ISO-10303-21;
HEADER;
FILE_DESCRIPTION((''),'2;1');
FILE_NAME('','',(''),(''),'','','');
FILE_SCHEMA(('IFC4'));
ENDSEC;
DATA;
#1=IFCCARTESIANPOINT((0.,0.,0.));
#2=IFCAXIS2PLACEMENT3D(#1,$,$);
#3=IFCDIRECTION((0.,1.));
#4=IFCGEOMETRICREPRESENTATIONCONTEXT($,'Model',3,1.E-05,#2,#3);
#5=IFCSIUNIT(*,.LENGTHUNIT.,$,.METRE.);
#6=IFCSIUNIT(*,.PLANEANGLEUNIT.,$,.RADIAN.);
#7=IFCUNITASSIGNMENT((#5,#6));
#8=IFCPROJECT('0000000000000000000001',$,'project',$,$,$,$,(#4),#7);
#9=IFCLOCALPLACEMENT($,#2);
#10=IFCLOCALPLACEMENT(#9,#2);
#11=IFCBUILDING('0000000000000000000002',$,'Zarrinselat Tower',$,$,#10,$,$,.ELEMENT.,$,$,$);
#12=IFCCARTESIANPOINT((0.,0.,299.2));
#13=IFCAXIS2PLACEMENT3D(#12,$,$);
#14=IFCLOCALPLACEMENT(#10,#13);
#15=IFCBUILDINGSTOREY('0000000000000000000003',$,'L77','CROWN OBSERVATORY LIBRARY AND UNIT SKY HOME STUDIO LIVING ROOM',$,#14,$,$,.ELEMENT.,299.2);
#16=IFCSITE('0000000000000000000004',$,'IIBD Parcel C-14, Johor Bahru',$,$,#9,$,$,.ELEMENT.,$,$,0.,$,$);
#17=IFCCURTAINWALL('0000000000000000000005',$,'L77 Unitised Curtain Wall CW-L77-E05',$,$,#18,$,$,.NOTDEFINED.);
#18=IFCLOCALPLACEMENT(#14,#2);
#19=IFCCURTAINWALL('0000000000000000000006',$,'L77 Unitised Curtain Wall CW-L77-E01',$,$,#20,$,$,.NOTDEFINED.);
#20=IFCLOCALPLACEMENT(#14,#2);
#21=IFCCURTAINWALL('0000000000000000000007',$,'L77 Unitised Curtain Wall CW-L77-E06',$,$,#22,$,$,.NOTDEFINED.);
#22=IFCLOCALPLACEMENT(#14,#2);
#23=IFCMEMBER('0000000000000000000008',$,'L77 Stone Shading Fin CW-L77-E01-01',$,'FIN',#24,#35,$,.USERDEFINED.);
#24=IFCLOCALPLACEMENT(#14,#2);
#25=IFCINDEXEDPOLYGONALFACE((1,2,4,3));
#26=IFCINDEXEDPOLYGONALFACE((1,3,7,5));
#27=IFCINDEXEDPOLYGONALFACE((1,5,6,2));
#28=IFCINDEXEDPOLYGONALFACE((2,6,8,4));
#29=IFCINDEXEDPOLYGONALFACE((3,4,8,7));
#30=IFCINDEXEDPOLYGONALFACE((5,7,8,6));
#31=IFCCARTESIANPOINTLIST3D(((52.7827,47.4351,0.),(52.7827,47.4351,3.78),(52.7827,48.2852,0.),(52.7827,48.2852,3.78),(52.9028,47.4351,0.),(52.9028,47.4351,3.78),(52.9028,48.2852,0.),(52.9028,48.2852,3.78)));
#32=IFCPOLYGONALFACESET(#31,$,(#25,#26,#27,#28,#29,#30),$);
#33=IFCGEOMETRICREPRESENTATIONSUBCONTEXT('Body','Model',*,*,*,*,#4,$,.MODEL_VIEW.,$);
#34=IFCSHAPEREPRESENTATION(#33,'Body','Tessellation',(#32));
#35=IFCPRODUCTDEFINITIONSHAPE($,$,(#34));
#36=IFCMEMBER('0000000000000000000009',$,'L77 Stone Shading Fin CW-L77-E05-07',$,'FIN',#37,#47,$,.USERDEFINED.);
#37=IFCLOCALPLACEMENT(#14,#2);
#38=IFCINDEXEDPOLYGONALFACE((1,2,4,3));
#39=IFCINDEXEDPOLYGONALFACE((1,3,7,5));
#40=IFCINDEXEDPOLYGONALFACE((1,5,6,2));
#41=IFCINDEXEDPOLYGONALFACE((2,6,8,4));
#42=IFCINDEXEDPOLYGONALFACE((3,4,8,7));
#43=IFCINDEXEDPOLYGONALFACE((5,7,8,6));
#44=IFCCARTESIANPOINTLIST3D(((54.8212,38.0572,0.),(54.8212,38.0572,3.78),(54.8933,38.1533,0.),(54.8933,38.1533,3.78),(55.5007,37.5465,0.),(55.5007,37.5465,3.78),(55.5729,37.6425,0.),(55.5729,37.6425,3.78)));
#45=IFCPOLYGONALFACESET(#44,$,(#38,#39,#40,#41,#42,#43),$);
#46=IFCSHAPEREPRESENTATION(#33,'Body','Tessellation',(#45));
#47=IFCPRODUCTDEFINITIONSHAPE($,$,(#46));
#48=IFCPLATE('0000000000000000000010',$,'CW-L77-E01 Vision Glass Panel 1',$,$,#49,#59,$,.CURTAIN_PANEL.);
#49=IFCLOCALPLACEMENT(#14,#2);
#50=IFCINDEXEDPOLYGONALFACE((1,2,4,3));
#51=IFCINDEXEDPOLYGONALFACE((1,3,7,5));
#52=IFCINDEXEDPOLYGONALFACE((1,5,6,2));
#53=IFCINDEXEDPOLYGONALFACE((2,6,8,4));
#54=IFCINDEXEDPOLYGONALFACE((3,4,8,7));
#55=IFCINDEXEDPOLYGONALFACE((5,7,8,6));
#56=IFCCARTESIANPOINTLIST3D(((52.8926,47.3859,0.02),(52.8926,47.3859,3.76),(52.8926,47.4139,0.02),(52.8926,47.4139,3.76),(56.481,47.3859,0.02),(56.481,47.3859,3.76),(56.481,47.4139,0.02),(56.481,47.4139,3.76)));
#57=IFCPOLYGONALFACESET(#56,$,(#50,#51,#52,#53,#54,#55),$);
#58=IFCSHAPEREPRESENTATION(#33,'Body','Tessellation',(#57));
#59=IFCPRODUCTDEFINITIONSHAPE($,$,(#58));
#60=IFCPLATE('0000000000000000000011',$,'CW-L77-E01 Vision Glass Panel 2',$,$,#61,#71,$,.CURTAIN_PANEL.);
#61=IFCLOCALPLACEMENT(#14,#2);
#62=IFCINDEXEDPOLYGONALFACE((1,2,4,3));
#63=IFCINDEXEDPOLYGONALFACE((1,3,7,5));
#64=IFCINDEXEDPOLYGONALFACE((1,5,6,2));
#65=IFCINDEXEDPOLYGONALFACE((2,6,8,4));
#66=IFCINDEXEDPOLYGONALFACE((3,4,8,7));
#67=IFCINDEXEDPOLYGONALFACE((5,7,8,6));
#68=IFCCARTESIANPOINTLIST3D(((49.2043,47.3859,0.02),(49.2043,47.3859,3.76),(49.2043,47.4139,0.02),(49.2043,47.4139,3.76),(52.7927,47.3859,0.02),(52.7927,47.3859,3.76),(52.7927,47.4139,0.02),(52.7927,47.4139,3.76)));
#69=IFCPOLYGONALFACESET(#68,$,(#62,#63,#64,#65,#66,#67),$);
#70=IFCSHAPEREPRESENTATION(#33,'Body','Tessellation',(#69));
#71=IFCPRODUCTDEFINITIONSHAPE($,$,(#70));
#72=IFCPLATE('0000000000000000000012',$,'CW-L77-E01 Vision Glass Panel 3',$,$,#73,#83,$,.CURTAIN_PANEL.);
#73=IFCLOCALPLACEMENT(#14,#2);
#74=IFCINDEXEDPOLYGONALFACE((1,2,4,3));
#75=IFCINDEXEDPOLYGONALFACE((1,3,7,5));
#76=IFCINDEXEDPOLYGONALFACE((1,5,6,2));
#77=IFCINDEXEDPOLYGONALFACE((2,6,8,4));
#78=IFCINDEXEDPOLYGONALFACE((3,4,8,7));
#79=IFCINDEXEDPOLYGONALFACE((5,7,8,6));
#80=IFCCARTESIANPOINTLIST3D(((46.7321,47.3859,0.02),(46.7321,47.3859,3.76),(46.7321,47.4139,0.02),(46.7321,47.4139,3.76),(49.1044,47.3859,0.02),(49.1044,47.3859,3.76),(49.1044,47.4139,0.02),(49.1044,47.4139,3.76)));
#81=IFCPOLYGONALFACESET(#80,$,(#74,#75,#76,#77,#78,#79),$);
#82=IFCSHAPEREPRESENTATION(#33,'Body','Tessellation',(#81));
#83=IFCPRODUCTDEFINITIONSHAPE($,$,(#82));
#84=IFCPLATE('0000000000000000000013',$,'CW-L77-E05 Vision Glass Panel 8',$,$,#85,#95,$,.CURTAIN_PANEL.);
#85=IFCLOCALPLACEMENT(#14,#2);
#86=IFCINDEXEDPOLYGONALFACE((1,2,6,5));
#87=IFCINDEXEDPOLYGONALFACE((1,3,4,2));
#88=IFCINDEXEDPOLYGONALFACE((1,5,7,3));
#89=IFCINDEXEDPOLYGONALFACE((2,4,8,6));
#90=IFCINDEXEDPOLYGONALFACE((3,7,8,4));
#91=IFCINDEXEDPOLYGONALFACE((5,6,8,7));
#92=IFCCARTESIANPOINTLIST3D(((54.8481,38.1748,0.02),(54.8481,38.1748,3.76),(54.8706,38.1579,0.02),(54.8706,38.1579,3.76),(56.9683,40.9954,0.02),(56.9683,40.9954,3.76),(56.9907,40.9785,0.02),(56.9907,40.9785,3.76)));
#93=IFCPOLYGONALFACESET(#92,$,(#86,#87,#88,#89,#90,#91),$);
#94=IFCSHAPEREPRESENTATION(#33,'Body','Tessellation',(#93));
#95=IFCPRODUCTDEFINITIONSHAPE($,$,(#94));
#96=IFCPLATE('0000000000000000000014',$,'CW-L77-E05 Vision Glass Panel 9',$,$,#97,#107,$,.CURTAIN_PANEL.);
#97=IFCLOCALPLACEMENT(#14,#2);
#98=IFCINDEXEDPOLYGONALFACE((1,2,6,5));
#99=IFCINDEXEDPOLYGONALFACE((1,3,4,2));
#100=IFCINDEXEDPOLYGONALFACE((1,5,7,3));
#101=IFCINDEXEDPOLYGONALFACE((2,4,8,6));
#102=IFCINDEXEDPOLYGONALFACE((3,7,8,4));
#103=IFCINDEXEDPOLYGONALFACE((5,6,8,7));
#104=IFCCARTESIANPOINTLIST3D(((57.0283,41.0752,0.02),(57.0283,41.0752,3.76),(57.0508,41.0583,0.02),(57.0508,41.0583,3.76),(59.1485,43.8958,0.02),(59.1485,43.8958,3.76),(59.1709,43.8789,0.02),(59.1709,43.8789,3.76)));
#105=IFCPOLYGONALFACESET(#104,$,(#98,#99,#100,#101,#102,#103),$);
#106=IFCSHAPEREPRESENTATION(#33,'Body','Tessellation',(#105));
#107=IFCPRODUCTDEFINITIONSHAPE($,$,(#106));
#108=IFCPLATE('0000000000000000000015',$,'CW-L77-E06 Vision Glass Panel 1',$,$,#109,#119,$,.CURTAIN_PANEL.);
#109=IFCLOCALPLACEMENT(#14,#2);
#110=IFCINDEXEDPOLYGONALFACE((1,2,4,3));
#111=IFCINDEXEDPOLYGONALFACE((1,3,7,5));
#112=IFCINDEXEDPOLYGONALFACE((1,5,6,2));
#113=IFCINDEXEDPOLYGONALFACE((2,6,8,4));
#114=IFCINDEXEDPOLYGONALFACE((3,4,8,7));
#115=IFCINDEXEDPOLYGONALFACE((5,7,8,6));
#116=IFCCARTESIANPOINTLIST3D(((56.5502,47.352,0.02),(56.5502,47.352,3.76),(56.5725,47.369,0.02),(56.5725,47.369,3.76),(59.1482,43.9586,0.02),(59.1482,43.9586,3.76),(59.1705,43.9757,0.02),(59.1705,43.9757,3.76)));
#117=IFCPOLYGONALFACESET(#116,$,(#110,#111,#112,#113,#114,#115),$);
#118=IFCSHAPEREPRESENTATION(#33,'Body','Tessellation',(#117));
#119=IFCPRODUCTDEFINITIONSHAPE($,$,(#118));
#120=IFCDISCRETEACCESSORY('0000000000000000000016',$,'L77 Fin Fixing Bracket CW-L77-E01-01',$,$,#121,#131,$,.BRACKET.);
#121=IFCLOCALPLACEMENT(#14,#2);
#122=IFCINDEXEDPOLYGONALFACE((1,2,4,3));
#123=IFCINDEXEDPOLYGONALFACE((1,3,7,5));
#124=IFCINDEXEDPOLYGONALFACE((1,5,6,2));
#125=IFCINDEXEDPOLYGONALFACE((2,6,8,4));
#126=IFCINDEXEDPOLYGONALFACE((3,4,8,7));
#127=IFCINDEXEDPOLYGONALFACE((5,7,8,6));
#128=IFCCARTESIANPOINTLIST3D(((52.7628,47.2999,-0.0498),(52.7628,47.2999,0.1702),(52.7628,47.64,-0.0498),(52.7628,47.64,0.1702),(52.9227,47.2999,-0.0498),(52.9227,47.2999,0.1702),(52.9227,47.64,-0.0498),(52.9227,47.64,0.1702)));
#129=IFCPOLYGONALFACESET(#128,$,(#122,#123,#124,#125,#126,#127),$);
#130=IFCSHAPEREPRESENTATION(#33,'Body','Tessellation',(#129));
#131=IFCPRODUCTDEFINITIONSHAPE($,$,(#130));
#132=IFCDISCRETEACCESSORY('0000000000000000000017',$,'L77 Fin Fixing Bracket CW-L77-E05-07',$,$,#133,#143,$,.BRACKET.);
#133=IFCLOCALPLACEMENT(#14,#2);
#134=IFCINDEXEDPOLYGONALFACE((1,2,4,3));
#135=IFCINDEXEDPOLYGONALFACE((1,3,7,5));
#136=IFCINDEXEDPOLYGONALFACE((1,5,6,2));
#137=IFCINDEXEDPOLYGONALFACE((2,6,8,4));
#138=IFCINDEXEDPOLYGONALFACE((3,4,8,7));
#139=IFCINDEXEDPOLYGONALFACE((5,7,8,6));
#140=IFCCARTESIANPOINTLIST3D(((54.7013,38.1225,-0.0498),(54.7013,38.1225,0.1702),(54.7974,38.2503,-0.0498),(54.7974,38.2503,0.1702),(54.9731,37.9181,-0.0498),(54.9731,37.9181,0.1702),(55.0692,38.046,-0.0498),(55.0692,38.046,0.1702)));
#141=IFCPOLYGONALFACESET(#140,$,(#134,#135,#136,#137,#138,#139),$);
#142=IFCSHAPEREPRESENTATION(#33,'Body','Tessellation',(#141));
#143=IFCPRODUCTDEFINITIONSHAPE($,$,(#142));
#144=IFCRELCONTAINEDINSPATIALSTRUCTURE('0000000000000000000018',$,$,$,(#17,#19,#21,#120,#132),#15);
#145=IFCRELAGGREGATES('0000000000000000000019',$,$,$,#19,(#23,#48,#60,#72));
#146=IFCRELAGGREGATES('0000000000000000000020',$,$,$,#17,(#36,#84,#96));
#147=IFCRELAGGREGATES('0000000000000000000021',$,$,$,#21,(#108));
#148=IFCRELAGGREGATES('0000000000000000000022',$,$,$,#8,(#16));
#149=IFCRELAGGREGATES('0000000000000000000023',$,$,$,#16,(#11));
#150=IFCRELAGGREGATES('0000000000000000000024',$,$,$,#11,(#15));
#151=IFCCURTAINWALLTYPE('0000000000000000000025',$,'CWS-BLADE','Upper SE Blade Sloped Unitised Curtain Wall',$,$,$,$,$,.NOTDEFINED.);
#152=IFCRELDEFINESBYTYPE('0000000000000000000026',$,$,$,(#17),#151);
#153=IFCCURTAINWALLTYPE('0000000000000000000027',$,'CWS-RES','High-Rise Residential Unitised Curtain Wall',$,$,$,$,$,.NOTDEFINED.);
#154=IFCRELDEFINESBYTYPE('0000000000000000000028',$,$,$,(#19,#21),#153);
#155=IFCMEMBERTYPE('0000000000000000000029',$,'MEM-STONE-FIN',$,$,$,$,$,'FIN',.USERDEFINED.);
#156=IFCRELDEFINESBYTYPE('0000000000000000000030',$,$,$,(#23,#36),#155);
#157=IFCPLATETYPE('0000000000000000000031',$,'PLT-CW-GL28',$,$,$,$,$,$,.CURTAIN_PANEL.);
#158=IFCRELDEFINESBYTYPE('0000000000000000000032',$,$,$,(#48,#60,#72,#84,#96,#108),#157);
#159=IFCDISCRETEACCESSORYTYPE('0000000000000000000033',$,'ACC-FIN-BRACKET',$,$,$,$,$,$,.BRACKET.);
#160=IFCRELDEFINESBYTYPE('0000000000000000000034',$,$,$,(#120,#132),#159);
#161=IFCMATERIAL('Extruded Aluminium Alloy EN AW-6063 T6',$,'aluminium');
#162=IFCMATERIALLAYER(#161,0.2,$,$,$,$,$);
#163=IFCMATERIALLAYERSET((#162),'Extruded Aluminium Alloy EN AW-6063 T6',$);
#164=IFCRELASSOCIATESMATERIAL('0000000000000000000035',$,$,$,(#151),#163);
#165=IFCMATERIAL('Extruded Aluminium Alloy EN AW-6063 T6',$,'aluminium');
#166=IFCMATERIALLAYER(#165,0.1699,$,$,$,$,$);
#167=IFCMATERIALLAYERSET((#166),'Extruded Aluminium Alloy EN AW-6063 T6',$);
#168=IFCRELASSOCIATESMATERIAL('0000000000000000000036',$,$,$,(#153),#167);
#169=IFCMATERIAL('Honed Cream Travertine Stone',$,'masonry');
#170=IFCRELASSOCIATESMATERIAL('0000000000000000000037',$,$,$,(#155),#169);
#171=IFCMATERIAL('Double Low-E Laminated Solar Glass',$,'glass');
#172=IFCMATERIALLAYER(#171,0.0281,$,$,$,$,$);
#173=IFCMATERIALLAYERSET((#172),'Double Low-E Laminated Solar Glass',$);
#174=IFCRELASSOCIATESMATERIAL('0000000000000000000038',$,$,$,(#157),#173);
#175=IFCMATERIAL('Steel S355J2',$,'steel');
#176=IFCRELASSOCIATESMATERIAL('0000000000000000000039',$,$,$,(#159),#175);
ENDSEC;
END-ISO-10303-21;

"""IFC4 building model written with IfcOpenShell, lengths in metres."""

from ifc_helpers import new_model, si_unit, direction, frame, origin, origin_2d, place, context, subcontext, project, spatial, rectangle, extrude, material, layer, layer_set, material_profile, profile_set, type_object, element, aggregate, save


model = new_model("IFC4")

# Units and contexts
model_context = context("Model", 3, precision=1e-05, world=origin(), true_north=direction((0.0, 1.0)))
body_context = subcontext(model_context, "Body", "Model", "MODEL_VIEW")
ifc_project = project(units=[si_unit("LENGTHUNIT", "METRE"), si_unit("PLANEANGLEUNIT", "RADIAN")], contexts=[model_context])

# Site, building, storey
site_placement = place(None, origin())
site = spatial("IfcSite", under=ifc_project, at=site_placement, Name="IIBD Parcel C-14, Johor Bahru", CompositionType="ELEMENT", RefElevation=0.0)
building_placement = place(site_placement, origin())
building = spatial("IfcBuilding", under=site, at=building_placement, Name="Zarrinselat Tower", CompositionType="ELEMENT")
storey_placement = place(building_placement, frame((0.0, 0.0, 299.2)))
storey = spatial("IfcBuildingStorey", under=building, at=storey_placement, Name="L77", Description="CROWN OBSERVATORY LIBRARY AND UNIT SKY HOME STUDIO LIVING ROOM", CompositionType="ELEMENT", Elevation=299.2)

# Curtain walls
ifc_material_1 = material(Name="Extruded Aluminium Alloy EN AW-6063 T6", Category="aluminium")
ifc_layer_1 = layer(ifc_material_1, 0.2)
ifc_layer_set_1 = layer_set([ifc_layer_1], Name="Extruded Aluminium Alloy EN AW-6063 T6")
curtain_wall_type_1 = type_object("IfcCurtainWallType", Name="CWS-BLADE", Description="Upper SE Blade Sloped Unitised Curtain Wall", PredefinedType="NOTDEFINED", material=ifc_layer_set_1)
curtain_wall_1_placement = place(storey_placement, origin())
curtain_wall_1 = element("IfcCurtainWall", 1, at=curtain_wall_1_placement, inside=storey, type_object=curtain_wall_type_1, Name="L77 Unitised Curtain Wall CW-L77-E05", PredefinedType="NOTDEFINED")
ifc_material_2 = material(Name="Extruded Aluminium Alloy EN AW-6063 T6", Category="aluminium")
ifc_layer_2 = layer(ifc_material_2, 0.1699)
ifc_layer_set_2 = layer_set([ifc_layer_2], Name="Extruded Aluminium Alloy EN AW-6063 T6")
curtain_wall_type_2 = type_object("IfcCurtainWallType", Name="CWS-RES", Description="High-Rise Residential Unitised Curtain Wall", PredefinedType="NOTDEFINED", material=ifc_layer_set_2)
curtain_wall_2_placement = place(storey_placement, origin())
curtain_wall_2 = element("IfcCurtainWall", 2, at=curtain_wall_2_placement, inside=storey, type_object=curtain_wall_type_2, Name="L77 Unitised Curtain Wall CW-L77-E01", PredefinedType="NOTDEFINED")

# Curtain wall
curtain_wall_3_placement = place(storey_placement, origin())
curtain_wall_3 = element("IfcCurtainWall", 3, at=curtain_wall_3_placement, inside=storey, type_object=curtain_wall_type_2, Name="L77 Unitised Curtain Wall CW-L77-E06", PredefinedType="NOTDEFINED")

# Members
ifc_material_3 = material(Name="Honed Cream Travertine Stone", Category="masonry")
ifc_material_profile_1 = material_profile(ifc_material_3, rectangle(XDim=0.1201, YDim=0.8501, at=origin_2d()), Name="FIN 850x120")
ifc_profile_set_1 = profile_set([ifc_material_profile_1], Name="Honed Cream Travertine Stone")
member_type_1 = type_object("IfcMemberType", Name="MEM-STONE-FIN", ElementType="FIN", PredefinedType="USERDEFINED", material=ifc_profile_set_1)
member_1_placement = place(storey_placement, frame((52.8428, 47.8601, 0.0), z_axis=(0.0, 0.0, 1.0), x_axis=(1.0, 0.0, 0.0)))
member_1 = element("IfcMember", 4, at=member_1_placement, type_object=member_type_1, Name="L77 Stone Shading Fin CW-L77-E01-01", ObjectType="FIN", PredefinedType="USERDEFINED", context=body_context, shape_type="SweptSolid", body=[
    extrude(rectangle(XDim=0.1201, YDim=0.8501, at=origin_2d()), origin(), (0.0, 0.0, 1.0), 3.78),
])
member_2_placement = place(storey_placement, frame((55.197, 37.8499, 0.0), z_axis=(0.0, 0.0, 1.0), x_axis=(-0.600848, -0.799363, 0.0)))
member_2 = element("IfcMember", 5, at=member_2_placement, type_object=member_type_1, Name="L77 Stone Shading Fin CW-L77-E05-07", ObjectType="FIN", PredefinedType="USERDEFINED", context=body_context, shape_type="SweptSolid", body=[
    extrude(rectangle(XDim=0.1201, YDim=0.8501, at=origin_2d()), origin(), (0.0, 0.0, 1.0), 3.78),
])

# Plates
ifc_material_4 = material(Name="Double Low-E Laminated Solar Glass", Category="glass")
ifc_layer_3 = layer(ifc_material_4, 0.0281)
ifc_layer_set_3 = layer_set([ifc_layer_3], Name="Double Low-E Laminated Solar Glass")
plate_type = type_object("IfcPlateType", Name="PLT-CW-GL28", PredefinedType="CURTAIN_PANEL", material=ifc_layer_set_3)
plate_1_placement = place(storey_placement, frame((54.6868, 47.3999, 0.02), z_axis=(0.0, 0.0, 1.0), x_axis=(-1.0, 0.0, 0.0)))
plate_1 = element("IfcPlate", 6, at=plate_1_placement, type_object=plate_type, Name="CW-L77-E01 Vision Glass Panel 1", PredefinedType="CURTAIN_PANEL", context=body_context, shape_type="SweptSolid", body=[
    extrude(rectangle(XDim=3.5884, YDim=0.0281, at=origin_2d()), origin(), (0.0, 0.0, 1.0), 3.74),
])
plate_2_placement = place(storey_placement, frame((50.9985, 47.3999, 0.02), z_axis=(0.0, 0.0, 1.0), x_axis=(-1.0, 0.0, 0.0)))
plate_2 = element("IfcPlate", 7, at=plate_2_placement, type_object=plate_type, Name="CW-L77-E01 Vision Glass Panel 2", PredefinedType="CURTAIN_PANEL", context=body_context, shape_type="SweptSolid", body=[
    extrude(rectangle(XDim=3.5884, YDim=0.0281, at=origin_2d()), origin(), (0.0, 0.0, 1.0), 3.74),
])
plate_3_placement = place(storey_placement, frame((47.9182, 47.3999, 0.02), z_axis=(0.0, 0.0, 1.0), x_axis=(-1.0, 0.0, 0.0)))
plate_3 = element("IfcPlate", 8, at=plate_3_placement, type_object=plate_type, Name="CW-L77-E01 Vision Glass Panel 3", PredefinedType="CURTAIN_PANEL", context=body_context, shape_type="SweptSolid", body=[
    extrude(rectangle(XDim=2.3723, YDim=0.0281, at=origin_2d()), origin(), (0.0, 0.0, 1.0), 3.74),
])
aggregate(curtain_wall_2, [member_1, plate_1, plate_2, plate_3])
plate_4_placement = place(storey_placement, frame((55.9194, 39.5767, 0.02), z_axis=(0.0, 0.0, 1.0), x_axis=(0.600848, 0.799363, 0.0)))
plate_4 = element("IfcPlate", 9, at=plate_4_placement, type_object=plate_type, Name="CW-L77-E05 Vision Glass Panel 8", PredefinedType="CURTAIN_PANEL", context=body_context, shape_type="SweptSolid", body=[
    extrude(rectangle(XDim=3.5286, YDim=0.0281, at=origin_2d()), origin(), (0.0, 0.0, 1.0), 3.74),
])
plate_5_placement = place(storey_placement, frame((58.0996, 42.4771, 0.02), z_axis=(0.0, 0.0, 1.0), x_axis=(0.600848, 0.799363, 0.0)))
plate_5 = element("IfcPlate", 10, at=plate_5_placement, type_object=plate_type, Name="CW-L77-E05 Vision Glass Panel 9", PredefinedType="CURTAIN_PANEL", context=body_context, shape_type="SweptSolid", body=[
    extrude(rectangle(XDim=3.5286, YDim=0.0281, at=origin_2d()), origin(), (0.0, 0.0, 1.0), 3.74),
])
aggregate(curtain_wall_1, [member_2, plate_4, plate_5])
plate_6_placement = place(storey_placement, frame((57.8604, 45.6638, 0.02), z_axis=(0.0, 0.0, 1.0), x_axis=(-0.607898, 0.794015, 0.0)))
plate_6 = element("IfcPlate", 11, at=plate_6_placement, type_object=plate_type, Name="CW-L77-E06 Vision Glass Panel 1", PredefinedType="CURTAIN_PANEL", context=body_context, shape_type="SweptSolid", body=[
    extrude(rectangle(XDim=4.2737, YDim=0.0281, at=origin_2d()), origin(), (0.0, 0.0, 1.0), 3.74),
])
aggregate(curtain_wall_3, [plate_6])

# Discrete accessories
ifc_material_5 = material(Name="Steel S355J2", Category="steel")
discrete_accessory_type = type_object("IfcDiscreteAccessoryType", Name="ACC-FIN-BRACKET", PredefinedType="BRACKET", material=ifc_material_5)
for number, where, z_axis, x_axis, name in (
    (12, (52.8428, 47.47, -0.0498), (0.0, 0.0, 1.0), (0.0, 1.0, 0.0), "L77 Fin Fixing Bracket CW-L77-E01-01"),
    (13, (54.8853, 38.0842, -0.0498), (0.0, 0.0, 1.0), (0.799363, -0.600848, 0.0), "L77 Fin Fixing Bracket CW-L77-E05-07"),
):
    element("IfcDiscreteAccessory", number, at=place(storey_placement, frame(where, z_axis=z_axis, x_axis=x_axis)), inside=storey, type_object=discrete_accessory_type, Name=name, PredefinedType="BRACKET", context=body_context, shape_type="SweptSolid", body=[
        extrude(rectangle(XDim=0.3401, YDim=0.1599, at=origin_2d()), origin(), (0.0, 0.0, 1.0), 0.22),
    ])

save(model, "model.ifc")
